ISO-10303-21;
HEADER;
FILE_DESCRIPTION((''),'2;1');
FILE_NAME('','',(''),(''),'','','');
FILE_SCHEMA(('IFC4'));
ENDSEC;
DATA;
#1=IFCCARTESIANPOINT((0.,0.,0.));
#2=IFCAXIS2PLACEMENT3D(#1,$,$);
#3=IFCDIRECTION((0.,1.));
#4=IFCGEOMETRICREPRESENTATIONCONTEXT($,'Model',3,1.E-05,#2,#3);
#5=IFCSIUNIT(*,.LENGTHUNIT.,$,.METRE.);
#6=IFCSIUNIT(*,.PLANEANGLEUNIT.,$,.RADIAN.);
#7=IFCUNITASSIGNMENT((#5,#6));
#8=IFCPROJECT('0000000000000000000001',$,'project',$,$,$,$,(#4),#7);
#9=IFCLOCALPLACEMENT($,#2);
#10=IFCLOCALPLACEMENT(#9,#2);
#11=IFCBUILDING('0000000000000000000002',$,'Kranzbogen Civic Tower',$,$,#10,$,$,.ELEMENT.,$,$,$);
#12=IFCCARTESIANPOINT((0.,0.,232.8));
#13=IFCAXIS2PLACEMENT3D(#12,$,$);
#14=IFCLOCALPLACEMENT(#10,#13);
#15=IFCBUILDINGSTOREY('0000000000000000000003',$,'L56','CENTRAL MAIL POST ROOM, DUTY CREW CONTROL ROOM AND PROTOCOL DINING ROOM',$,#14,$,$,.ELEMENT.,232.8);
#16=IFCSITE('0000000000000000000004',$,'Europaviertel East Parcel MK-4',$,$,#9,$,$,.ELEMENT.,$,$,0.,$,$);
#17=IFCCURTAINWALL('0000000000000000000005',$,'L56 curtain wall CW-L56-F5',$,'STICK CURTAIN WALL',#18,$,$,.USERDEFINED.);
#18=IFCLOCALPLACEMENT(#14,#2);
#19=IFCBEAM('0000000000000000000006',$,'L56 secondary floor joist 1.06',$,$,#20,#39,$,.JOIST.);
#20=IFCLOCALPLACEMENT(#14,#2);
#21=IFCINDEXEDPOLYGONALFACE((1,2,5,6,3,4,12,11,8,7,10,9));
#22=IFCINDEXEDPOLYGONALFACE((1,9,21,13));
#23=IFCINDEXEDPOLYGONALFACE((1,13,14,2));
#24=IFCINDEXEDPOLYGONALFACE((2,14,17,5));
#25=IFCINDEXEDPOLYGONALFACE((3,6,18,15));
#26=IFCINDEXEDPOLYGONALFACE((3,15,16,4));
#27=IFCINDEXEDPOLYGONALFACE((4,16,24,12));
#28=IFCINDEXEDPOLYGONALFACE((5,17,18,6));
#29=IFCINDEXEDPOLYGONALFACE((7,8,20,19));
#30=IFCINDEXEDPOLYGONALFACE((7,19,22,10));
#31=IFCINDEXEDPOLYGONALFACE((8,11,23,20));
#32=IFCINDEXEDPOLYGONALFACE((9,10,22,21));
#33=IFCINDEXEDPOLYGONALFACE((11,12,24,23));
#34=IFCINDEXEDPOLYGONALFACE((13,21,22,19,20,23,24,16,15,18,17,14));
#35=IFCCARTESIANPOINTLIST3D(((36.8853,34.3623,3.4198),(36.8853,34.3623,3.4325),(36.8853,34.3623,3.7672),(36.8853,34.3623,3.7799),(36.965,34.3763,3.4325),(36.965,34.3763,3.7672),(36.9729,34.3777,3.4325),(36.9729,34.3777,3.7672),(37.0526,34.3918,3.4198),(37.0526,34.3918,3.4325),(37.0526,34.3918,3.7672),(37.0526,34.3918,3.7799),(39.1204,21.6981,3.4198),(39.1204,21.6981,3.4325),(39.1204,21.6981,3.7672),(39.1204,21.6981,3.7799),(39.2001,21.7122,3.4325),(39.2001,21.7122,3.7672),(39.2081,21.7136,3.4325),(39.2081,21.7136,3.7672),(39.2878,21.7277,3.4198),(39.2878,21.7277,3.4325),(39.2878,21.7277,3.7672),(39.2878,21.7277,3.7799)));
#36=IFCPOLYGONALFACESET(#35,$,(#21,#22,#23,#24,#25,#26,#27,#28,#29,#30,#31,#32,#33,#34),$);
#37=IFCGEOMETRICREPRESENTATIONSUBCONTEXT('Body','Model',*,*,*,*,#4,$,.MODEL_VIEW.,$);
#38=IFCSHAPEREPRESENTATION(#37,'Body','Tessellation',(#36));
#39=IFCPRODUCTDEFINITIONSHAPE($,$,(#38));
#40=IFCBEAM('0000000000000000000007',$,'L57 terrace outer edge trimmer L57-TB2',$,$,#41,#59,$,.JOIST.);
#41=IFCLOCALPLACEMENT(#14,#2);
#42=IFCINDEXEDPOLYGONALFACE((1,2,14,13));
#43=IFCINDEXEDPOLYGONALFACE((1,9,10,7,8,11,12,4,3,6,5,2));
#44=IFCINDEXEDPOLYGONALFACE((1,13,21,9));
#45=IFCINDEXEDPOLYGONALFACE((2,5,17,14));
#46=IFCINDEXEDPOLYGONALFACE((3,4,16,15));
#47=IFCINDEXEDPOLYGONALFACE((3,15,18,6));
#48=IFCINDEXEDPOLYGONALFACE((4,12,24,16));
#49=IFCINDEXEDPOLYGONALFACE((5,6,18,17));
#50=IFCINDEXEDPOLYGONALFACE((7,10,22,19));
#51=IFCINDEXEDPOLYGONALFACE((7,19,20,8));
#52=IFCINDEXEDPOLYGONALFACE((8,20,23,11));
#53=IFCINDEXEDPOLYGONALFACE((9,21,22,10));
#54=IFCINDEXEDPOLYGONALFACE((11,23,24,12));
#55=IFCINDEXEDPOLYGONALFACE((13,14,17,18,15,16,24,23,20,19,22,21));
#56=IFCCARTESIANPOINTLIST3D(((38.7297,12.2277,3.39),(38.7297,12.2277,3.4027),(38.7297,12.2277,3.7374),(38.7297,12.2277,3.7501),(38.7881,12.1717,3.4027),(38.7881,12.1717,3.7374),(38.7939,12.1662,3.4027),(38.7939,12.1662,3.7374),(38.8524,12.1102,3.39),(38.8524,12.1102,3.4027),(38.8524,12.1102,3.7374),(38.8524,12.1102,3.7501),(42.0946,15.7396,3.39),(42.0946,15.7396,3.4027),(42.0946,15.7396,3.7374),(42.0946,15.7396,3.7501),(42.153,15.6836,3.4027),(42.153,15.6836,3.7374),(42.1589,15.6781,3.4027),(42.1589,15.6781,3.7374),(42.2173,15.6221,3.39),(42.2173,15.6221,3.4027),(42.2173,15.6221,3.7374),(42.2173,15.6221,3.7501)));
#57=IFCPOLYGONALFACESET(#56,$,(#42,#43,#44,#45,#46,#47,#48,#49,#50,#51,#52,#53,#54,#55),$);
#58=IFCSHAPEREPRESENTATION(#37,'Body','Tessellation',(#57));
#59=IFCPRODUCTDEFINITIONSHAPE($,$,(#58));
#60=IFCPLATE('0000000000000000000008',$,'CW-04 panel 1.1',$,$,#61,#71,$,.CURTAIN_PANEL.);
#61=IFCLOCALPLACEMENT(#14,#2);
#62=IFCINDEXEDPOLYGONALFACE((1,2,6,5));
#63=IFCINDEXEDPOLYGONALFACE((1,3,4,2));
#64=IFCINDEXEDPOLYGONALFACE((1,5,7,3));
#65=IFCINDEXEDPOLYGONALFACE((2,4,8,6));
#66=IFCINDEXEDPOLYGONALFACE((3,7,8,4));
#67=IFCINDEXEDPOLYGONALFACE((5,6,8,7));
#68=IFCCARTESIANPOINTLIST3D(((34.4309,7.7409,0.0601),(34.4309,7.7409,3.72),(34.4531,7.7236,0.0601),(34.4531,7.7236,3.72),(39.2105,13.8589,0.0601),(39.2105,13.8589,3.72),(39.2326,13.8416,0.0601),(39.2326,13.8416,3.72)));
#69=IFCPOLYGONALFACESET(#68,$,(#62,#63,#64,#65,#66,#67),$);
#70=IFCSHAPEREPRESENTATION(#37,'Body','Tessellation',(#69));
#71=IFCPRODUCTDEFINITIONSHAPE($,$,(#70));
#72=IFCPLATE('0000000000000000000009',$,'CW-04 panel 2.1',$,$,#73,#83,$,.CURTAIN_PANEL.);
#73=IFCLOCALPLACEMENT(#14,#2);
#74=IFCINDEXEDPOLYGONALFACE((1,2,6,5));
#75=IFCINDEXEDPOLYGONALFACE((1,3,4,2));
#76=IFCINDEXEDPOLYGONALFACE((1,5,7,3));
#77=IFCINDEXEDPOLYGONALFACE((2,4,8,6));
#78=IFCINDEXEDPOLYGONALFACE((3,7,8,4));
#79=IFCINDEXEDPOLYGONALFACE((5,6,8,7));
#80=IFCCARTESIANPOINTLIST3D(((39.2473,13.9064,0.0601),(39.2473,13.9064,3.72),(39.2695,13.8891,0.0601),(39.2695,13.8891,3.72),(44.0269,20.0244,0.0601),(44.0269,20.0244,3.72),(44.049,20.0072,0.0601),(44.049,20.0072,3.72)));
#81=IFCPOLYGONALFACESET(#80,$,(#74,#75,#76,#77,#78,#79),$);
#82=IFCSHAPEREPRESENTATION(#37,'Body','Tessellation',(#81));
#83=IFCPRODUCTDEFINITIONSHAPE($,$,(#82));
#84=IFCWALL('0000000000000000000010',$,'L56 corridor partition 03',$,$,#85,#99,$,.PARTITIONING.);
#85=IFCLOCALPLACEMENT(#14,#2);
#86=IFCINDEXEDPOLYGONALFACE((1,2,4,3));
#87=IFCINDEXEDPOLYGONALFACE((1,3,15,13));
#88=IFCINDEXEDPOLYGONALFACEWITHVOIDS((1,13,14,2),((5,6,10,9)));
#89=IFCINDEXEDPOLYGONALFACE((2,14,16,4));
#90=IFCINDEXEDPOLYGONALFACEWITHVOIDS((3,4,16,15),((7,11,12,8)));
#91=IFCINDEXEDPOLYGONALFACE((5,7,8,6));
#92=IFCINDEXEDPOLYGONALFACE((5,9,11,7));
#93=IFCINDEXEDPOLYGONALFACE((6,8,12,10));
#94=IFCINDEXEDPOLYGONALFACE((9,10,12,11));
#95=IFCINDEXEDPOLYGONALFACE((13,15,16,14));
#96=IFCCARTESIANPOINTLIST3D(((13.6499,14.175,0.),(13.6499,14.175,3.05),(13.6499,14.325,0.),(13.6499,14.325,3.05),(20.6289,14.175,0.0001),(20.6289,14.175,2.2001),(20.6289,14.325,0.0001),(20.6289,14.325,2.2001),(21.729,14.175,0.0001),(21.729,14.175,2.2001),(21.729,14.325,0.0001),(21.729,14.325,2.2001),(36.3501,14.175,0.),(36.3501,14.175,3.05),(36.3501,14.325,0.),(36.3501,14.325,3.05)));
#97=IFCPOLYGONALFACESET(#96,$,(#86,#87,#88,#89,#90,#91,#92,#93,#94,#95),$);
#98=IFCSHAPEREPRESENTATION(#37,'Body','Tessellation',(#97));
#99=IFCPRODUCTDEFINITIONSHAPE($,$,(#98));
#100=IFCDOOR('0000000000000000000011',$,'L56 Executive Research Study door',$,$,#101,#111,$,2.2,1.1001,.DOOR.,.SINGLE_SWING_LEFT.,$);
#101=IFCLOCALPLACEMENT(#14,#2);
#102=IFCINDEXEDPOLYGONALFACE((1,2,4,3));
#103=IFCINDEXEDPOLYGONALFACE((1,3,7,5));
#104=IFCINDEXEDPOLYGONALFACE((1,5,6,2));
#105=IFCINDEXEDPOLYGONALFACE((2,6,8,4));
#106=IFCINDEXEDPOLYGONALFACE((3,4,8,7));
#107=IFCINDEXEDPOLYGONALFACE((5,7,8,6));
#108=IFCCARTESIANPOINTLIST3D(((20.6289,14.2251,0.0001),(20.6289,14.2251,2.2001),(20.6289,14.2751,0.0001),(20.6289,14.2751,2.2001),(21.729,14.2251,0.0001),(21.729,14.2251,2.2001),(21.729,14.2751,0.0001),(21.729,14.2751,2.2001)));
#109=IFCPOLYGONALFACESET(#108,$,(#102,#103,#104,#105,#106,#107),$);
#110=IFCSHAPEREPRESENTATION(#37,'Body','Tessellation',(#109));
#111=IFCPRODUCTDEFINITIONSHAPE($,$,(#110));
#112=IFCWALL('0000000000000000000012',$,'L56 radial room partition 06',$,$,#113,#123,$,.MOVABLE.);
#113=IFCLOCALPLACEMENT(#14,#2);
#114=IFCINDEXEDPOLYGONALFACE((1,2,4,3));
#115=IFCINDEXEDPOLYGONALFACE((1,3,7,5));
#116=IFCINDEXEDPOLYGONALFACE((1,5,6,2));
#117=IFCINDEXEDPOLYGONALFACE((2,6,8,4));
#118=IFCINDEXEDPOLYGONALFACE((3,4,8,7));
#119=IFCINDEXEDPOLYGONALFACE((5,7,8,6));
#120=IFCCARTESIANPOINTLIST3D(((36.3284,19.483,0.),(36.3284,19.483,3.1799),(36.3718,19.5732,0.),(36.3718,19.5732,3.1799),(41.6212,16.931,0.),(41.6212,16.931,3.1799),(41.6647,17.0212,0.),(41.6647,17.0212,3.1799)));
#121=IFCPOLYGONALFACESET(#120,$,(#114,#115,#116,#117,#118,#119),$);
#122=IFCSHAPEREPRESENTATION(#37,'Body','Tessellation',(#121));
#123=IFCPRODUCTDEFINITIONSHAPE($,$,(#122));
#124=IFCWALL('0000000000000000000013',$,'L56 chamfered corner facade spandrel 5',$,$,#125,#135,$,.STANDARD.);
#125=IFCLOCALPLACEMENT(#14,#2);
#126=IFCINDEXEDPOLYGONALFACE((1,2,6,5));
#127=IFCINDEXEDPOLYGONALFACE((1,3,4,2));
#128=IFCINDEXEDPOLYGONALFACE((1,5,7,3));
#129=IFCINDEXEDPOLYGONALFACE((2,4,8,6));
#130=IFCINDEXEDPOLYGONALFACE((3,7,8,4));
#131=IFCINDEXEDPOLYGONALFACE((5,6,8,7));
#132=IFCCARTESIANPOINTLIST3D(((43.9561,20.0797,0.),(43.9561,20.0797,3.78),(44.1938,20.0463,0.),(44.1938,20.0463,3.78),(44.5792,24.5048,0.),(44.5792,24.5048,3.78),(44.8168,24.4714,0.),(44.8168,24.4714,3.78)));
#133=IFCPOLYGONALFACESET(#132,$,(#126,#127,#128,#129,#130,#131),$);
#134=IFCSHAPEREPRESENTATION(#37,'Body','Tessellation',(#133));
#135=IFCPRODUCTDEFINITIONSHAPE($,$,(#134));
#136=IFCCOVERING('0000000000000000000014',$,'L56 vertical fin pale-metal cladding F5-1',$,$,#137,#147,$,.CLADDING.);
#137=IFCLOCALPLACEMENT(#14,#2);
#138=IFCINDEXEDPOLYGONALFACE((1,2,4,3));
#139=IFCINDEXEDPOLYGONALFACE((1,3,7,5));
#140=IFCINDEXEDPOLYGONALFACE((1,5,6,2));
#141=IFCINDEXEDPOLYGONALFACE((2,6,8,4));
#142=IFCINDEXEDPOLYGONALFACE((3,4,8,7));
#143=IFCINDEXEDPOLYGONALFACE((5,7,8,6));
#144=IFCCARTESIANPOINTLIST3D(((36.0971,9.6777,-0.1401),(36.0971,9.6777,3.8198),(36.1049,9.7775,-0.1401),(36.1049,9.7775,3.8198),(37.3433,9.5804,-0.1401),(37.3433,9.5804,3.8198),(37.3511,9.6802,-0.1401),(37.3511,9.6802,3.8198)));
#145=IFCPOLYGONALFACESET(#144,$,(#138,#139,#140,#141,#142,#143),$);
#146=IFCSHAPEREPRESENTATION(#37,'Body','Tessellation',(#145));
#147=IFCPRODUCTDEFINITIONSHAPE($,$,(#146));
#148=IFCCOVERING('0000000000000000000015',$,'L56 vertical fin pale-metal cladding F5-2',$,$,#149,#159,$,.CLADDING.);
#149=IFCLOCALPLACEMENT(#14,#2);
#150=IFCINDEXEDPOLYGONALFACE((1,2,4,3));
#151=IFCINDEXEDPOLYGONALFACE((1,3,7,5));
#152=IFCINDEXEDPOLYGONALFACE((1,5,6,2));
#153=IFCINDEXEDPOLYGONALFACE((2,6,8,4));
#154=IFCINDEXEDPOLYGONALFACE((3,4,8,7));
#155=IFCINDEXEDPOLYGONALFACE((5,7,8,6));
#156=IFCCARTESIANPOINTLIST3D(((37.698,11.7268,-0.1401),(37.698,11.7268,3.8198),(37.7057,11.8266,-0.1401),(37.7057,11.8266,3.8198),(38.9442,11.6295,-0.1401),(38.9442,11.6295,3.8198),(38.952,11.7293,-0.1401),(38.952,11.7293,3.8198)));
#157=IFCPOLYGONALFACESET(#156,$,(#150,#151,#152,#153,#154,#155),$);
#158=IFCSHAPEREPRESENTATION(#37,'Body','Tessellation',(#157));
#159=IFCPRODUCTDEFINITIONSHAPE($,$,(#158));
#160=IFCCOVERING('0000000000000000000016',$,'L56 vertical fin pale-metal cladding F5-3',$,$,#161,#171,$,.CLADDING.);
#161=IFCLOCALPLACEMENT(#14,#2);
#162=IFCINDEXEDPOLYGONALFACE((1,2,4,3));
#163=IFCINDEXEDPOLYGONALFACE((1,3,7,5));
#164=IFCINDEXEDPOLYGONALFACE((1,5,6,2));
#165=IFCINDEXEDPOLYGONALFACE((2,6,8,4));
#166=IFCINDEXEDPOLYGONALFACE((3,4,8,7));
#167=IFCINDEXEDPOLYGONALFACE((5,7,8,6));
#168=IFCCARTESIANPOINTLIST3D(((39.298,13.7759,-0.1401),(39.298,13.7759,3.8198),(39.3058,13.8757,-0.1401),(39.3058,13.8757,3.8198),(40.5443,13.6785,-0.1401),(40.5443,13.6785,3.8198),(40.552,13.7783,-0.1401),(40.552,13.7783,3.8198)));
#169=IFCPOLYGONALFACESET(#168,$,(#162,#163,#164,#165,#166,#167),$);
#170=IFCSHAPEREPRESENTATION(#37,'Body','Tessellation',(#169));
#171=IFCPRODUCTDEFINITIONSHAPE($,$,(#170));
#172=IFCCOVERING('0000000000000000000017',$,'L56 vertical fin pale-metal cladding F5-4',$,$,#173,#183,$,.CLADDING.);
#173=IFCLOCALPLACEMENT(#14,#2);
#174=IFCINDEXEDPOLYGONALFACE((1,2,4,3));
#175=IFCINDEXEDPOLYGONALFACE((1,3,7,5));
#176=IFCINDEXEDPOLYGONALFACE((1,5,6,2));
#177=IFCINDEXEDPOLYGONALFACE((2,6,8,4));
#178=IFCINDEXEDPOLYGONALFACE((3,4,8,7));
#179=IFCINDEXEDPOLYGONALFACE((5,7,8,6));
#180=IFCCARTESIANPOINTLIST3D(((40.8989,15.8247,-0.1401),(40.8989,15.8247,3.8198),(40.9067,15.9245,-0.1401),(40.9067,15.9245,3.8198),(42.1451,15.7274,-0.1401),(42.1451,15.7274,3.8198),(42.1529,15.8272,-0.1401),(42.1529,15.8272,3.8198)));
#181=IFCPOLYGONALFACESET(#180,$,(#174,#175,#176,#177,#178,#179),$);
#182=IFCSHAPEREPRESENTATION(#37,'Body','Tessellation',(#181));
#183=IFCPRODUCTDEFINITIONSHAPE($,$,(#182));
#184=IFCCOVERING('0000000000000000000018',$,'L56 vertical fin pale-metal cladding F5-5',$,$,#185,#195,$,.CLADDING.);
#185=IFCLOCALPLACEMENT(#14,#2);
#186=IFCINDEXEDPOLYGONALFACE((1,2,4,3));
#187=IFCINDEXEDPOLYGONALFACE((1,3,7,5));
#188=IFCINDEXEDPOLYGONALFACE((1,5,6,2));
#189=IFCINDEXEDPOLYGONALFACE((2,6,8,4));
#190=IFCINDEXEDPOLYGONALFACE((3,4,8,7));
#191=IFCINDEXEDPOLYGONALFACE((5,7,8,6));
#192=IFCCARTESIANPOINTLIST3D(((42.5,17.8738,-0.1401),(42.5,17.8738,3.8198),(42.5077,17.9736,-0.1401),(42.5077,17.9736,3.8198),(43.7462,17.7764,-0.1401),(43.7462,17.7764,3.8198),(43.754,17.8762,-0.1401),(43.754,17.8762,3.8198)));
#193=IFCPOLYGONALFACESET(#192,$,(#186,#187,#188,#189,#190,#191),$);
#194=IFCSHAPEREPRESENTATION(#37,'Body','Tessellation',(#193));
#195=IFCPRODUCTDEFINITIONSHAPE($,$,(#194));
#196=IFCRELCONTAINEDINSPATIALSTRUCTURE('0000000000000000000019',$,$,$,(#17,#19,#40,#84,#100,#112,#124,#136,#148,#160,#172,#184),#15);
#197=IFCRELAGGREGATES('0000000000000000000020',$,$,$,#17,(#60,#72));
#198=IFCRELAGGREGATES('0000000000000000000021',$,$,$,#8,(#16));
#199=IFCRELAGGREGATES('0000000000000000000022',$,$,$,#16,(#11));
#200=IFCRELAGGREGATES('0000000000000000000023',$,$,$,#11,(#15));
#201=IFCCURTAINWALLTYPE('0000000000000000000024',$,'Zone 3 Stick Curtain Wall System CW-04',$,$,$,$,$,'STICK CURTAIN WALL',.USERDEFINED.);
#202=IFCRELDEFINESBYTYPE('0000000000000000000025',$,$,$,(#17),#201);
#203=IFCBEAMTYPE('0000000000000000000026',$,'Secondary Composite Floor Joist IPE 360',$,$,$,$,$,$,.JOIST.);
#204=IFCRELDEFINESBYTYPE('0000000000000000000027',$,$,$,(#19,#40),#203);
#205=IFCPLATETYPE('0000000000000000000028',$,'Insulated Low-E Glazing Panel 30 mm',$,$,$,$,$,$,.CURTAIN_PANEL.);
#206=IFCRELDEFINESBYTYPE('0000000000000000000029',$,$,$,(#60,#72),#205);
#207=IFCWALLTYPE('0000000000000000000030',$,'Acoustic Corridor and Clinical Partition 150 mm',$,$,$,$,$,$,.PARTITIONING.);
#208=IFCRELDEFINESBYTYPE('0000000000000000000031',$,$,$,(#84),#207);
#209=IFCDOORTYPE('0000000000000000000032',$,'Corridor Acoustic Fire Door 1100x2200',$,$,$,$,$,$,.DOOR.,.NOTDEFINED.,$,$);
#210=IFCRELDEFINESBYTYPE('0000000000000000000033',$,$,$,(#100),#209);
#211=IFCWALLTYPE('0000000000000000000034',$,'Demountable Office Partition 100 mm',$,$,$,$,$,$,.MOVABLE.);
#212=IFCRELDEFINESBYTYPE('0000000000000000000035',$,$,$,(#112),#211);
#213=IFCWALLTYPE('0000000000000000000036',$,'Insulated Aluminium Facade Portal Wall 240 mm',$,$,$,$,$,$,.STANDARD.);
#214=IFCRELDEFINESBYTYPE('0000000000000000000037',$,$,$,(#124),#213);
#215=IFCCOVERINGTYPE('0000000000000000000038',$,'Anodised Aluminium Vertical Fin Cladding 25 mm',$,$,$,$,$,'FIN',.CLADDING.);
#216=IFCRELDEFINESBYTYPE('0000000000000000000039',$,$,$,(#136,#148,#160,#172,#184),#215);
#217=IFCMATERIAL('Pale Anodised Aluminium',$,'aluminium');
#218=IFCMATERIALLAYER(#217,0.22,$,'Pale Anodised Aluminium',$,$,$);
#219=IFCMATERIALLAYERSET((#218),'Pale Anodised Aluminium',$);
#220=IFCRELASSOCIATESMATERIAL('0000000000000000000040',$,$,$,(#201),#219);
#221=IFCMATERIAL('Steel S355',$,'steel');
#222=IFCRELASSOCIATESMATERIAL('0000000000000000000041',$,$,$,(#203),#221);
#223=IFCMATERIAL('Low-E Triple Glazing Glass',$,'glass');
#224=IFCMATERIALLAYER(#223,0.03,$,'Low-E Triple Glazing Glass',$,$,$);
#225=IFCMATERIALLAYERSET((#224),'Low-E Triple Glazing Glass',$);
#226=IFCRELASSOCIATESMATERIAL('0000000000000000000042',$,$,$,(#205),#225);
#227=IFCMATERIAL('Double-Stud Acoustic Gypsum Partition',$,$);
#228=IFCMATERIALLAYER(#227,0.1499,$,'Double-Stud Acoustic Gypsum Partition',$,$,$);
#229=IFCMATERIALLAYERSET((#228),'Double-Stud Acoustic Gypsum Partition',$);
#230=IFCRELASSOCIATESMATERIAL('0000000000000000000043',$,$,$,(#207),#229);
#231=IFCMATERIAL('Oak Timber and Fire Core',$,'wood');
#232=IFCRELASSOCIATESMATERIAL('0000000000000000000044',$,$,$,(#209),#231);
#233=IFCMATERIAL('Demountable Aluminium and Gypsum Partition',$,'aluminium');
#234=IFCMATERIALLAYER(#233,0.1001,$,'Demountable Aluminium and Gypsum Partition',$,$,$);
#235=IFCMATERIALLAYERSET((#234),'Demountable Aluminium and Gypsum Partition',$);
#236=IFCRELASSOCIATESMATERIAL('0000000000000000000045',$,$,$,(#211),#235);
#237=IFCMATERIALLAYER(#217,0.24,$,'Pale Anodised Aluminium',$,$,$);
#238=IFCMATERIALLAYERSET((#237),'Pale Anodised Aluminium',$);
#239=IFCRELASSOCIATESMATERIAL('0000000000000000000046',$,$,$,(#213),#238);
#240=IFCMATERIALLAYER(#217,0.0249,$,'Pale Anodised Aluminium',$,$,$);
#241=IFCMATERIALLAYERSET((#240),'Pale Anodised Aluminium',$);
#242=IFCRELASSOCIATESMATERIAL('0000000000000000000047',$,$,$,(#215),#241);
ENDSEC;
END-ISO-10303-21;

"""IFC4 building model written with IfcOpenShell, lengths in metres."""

from ifc_helpers import new_model, si_unit, direction, frame, frame_2d, origin, origin_2d, place, context, subcontext, project, spatial, rectangle, i_section, extrude, material, layer, layer_set, material_profile, profile_set, type_object, element, fill, aggregate, save


model = new_model("IFC4")

# Units and contexts
model_context = context("Model", 3, precision=1e-05, world=origin(), true_north=direction((0.0, 1.0)))
body_context = subcontext(model_context, "Body", "Model", "MODEL_VIEW")
ifc_project = project(units=[si_unit("LENGTHUNIT", "METRE"), si_unit("PLANEANGLEUNIT", "RADIAN")], contexts=[model_context])

# Site, building, storey
site_placement = place(None, origin())
site = spatial("IfcSite", under=ifc_project, at=site_placement, Name="Europaviertel East Parcel MK-4", CompositionType="ELEMENT", RefElevation=0.0)
building_placement = place(site_placement, origin())
building = spatial("IfcBuilding", under=site, at=building_placement, Name="Kranzbogen Civic Tower", CompositionType="ELEMENT")
storey_placement = place(building_placement, frame((0.0, 0.0, 232.8)))
storey = spatial("IfcBuildingStorey", under=building, at=storey_placement, Name="L56", Description="CENTRAL MAIL POST ROOM, DUTY CREW CONTROL ROOM AND PROTOCOL DINING ROOM", CompositionType="ELEMENT", Elevation=232.8)

# Shared definitions
ifc_material_1 = material(Name="Steel S355", Category="steel")

# Curtain wall
ifc_material_2 = material(Name="Pale Anodised Aluminium", Category="aluminium")
ifc_layer_1 = layer(ifc_material_2, 0.22, Name="Pale Anodised Aluminium")
ifc_layer_set_1 = layer_set([ifc_layer_1], Name="Pale Anodised Aluminium")
curtain_wall_type = type_object("IfcCurtainWallType", Name="Zone 3 Stick Curtain Wall System CW-04", ElementType="STICK CURTAIN WALL", PredefinedType="USERDEFINED", material=ifc_layer_set_1)
curtain_wall_placement = place(storey_placement, origin())
curtain_wall = element("IfcCurtainWall", 1, at=curtain_wall_placement, inside=storey, type_object=curtain_wall_type, Name="L56 curtain wall CW-L56-F5", ObjectType="STICK CURTAIN WALL", PredefinedType="USERDEFINED")

# Beams
ifc_material_profile_1 = material_profile(ifc_material_1, i_section(OverallWidth=0.1699, OverallDepth=0.3601, WebThickness=0.0081, FlangeThickness=0.0127, at=origin_2d()), Name="IPE 360")
ifc_profile_set_1 = profile_set([ifc_material_profile_1], Name="Steel S355")
beam_type_1 = type_object("IfcBeamType", Name="Secondary Composite Floor Joist IPE 360", PredefinedType="JOIST", material=ifc_profile_set_1)
beam_1_placement = place(storey_placement, frame((39.2041, 21.7129, 3.5999), z_axis=(-0.173806, 0.98478, 0.0), x_axis=(-0.98478, -0.173806, 0.0)))
element("IfcBeam", 2, at=beam_1_placement, inside=storey, type_object=beam_type_1, Name="L56 secondary floor joist 1.06", PredefinedType="JOIST", context=body_context, shape_type="SweptSolid", body=[
    extrude(i_section(OverallWidth=0.1699, OverallDepth=0.3601, WebThickness=0.0081, FlangeThickness=0.0127, at=origin_2d()), origin(), (0.0, 0.0, 1.0), 12.8599),
])
beam_2_placement = place(storey_placement, frame((38.791, 12.1689, 3.5701), z_axis=(0.691837, 0.722054, 0.0), x_axis=(-0.722054, 0.691837, 0.0)))
element("IfcBeam", 3, at=beam_2_placement, inside=storey, type_object=beam_type_1, Name="L57 terrace outer edge trimmer L57-TB2", PredefinedType="JOIST", context=body_context, shape_type="SweptSolid", body=[
    extrude(i_section(OverallWidth=0.1699, OverallDepth=0.3601, WebThickness=0.0081, FlangeThickness=0.0127, at=origin_2d()), origin(), (0.0, 0.0, 1.0), 4.8638),
])

# Plates
ifc_material_3 = material(Name="Low-E Triple Glazing Glass", Category="glass")
ifc_layer_2 = layer(ifc_material_3, 0.03, Name="Low-E Triple Glazing Glass")
ifc_layer_set_2 = layer_set([ifc_layer_2], Name="Low-E Triple Glazing Glass")
plate_type = type_object("IfcPlateType", Name="Insulated Low-E Glazing Panel 30 mm", PredefinedType="CURTAIN_PANEL", material=ifc_layer_set_2)
plate_1_placement = place(storey_placement, frame((36.8318, 10.7913, 0.0601), z_axis=(0.0, 0.0, 1.0), x_axis=(0.615632, 0.788034, 0.0)))
plate_1 = element("IfcPlate", 4, at=plate_1_placement, type_object=plate_type, Name="CW-04 panel 1.1", PredefinedType="CURTAIN_PANEL", context=body_context, shape_type="SweptSolid", body=[
    extrude(rectangle(XDim=7.7637, YDim=0.0281, at=origin_2d()), origin(), (0.0, 0.0, 1.0), 3.6599),
])
plate_2_placement = place(storey_placement, frame((41.6482, 16.9568, 0.0601), z_axis=(0.0, 0.0, 1.0), x_axis=(0.615632, 0.788034, 0.0)))
plate_2 = element("IfcPlate", 5, at=plate_2_placement, type_object=plate_type, Name="CW-04 panel 2.1", PredefinedType="CURTAIN_PANEL", context=body_context, shape_type="SweptSolid", body=[
    extrude(rectangle(XDim=7.7637, YDim=0.0281, at=origin_2d()), origin(), (0.0, 0.0, 1.0), 3.6599),
])
aggregate(curtain_wall, [plate_1, plate_2])

# Wall, opening, door
ifc_material_4 = material(Name="Double-Stud Acoustic Gypsum Partition")
ifc_layer_3 = layer(ifc_material_4, 0.1499, Name="Double-Stud Acoustic Gypsum Partition")
ifc_layer_set_3 = layer_set([ifc_layer_3], Name="Double-Stud Acoustic Gypsum Partition")
wall_type_1 = type_object("IfcWallType", Name="Acoustic Corridor and Clinical Partition 150 mm", PredefinedType="PARTITIONING", material=ifc_layer_set_3)
wall_1_placement = place(storey_placement, frame((36.3501, 14.25, 0.0), z_axis=(0.0, 0.0, 1.0), x_axis=(-1.0, 0.0, 0.0)))
wall_1 = element("IfcWall", 6, at=wall_1_placement, inside=storey, type_object=wall_type_1, Name="L56 corridor partition 03", PredefinedType="PARTITIONING", context=body_context, shape_type="SweptSolid", body=[
    extrude(rectangle(XDim=22.7002, YDim=0.1499, at=frame_2d((11.3501, 0.0))), origin(), (0.0, 0.0, 1.0), 3.05),
])
opening_placement = place(wall_1_placement, frame((14.6211, 0.0, 0.0)))
opening = element("IfcOpeningElement", 7, at=opening_placement, cuts=wall_1, PredefinedType="OPENING", context=body_context, shape_type="SweptSolid", body=[
    extrude(rectangle(XDim=1.1001, YDim=2.2, at=frame_2d((0.55, 1.1001))), frame((0.0, 0.085, 0.0), z_axis=(0.0, -1.0, 0.0), x_axis=(1.0, 0.0, 0.0)), (0.0, 0.0, 1.0), 0.1699),
])
ifc_material_5 = material(Name="Oak Timber and Fire Core", Category="wood")
door_type = type_object("IfcDoorType", Name="Corridor Acoustic Fire Door 1100x2200", OperationType="NOTDEFINED", PredefinedType="DOOR", material=ifc_material_5)
door_placement = place(opening_placement, origin())
door = element("IfcDoor", 8, at=door_placement, inside=storey, type_object=door_type, Name="L56 Executive Research Study door", OperationType="SINGLE_SWING_LEFT", OverallHeight=2.2, OverallWidth=1.1001, PredefinedType="DOOR", context=body_context, shape_type="SweptSolid", body=[
    extrude(rectangle(XDim=1.1001, YDim=2.2, at=frame_2d((0.55, 1.1001))), frame((0.0, 0.0249, 0.0), z_axis=(0.0, -1.0, 0.0), x_axis=(1.0, 0.0, 0.0)), (0.0, 0.0, 1.0), 0.05),
])
fill(opening, door)

# Walls
ifc_material_6 = material(Name="Demountable Aluminium and Gypsum Partition", Category="aluminium")
ifc_layer_4 = layer(ifc_material_6, 0.1001, Name="Demountable Aluminium and Gypsum Partition")
ifc_layer_set_4 = layer_set([ifc_layer_4], Name="Demountable Aluminium and Gypsum Partition")
wall_type_2 = type_object("IfcWallType", Name="Demountable Office Partition 100 mm", PredefinedType="MOVABLE", material=ifc_layer_set_4)
wall_2_placement = place(storey_placement, frame((36.3501, 19.5281, 0.0), z_axis=(0.0, 0.0, 1.0), x_axis=(0.900766, -0.434304, 0.0)))
element("IfcWall", 9, at=wall_2_placement, inside=storey, type_object=wall_type_2, Name="L56 radial room partition 06", PredefinedType="MOVABLE", context=body_context, shape_type="SweptSolid", body=[
    extrude(rectangle(XDim=5.876, YDim=0.1001, at=frame_2d((2.938, 0.0))), origin(), (0.0, 0.0, 1.0), 3.1799),
])
ifc_layer_5 = layer(ifc_material_2, 0.24, Name="Pale Anodised Aluminium")
ifc_layer_set_5 = layer_set([ifc_layer_5], Name="Pale Anodised Aluminium")
wall_type_3 = type_object("IfcWallType", Name="Insulated Aluminium Facade Portal Wall 240 mm", PredefinedType="STANDARD", material=ifc_layer_set_5)
wall_3_placement = place(storey_placement, frame((44.075, 20.063, 0.0), z_axis=(0.0, 0.0, 1.0), x_axis=(0.139425, 0.990233, 0.0)))
element("IfcWall", 10, at=wall_3_placement, inside=storey, type_object=wall_type_3, Name="L56 chamfered corner facade spandrel 5", PredefinedType="STANDARD", context=body_context, shape_type="SweptSolid", body=[
    extrude(rectangle(XDim=4.4688, YDim=0.24, at=frame_2d((2.2344, 0.0))), origin(), (0.0, 0.0, 1.0), 3.78),
])

# Coverings
ifc_layer_6 = layer(ifc_material_2, 0.0249, Name="Pale Anodised Aluminium")
ifc_layer_set_6 = layer_set([ifc_layer_6], Name="Pale Anodised Aluminium")
covering_type = type_object("IfcCoveringType", Name="Anodised Aluminium Vertical Fin Cladding 25 mm", ElementType="FIN", PredefinedType="CLADDING", material=ifc_layer_set_6)
for number, where, z_axis, x_axis, name in (
    (11, (36.7241, 9.679, -0.1401), (0.0, 0.0, 1.0), (0.996964, -0.077867, 0.0), "L56 vertical fin pale-metal cladding F5-1"),
    (12, (38.325, 11.728, -0.1401), (0.0, 0.0, 1.0), (0.996964, -0.077867, 0.0), "L56 vertical fin pale-metal cladding F5-2"),
    (13, (39.925, 13.7771, -0.1401), (0.0, 0.0, 1.0), (0.996964, -0.077867, 0.0), "L56 vertical fin pale-metal cladding F5-3"),
    (14, (41.5259, 15.8259, -0.1401), (0.0, 0.0, 1.0), (0.996964, -0.077867, 0.0), "L56 vertical fin pale-metal cladding F5-4"),
    (15, (43.127, 17.875, -0.1401), (0.0, 0.0, 1.0), (0.996964, -0.077867, 0.0), "L56 vertical fin pale-metal cladding F5-5"),
):
    element("IfcCovering", number, at=place(storey_placement, frame(where, z_axis=z_axis, x_axis=x_axis)), inside=storey, type_object=covering_type, Name=name, PredefinedType="CLADDING", context=body_context, shape_type="SweptSolid", body=[
        extrude(rectangle(XDim=1.25, YDim=0.1001, at=origin_2d()), origin(), (0.0, 0.0, 1.0), 3.96),
    ])

save(model, "model.ifc")
